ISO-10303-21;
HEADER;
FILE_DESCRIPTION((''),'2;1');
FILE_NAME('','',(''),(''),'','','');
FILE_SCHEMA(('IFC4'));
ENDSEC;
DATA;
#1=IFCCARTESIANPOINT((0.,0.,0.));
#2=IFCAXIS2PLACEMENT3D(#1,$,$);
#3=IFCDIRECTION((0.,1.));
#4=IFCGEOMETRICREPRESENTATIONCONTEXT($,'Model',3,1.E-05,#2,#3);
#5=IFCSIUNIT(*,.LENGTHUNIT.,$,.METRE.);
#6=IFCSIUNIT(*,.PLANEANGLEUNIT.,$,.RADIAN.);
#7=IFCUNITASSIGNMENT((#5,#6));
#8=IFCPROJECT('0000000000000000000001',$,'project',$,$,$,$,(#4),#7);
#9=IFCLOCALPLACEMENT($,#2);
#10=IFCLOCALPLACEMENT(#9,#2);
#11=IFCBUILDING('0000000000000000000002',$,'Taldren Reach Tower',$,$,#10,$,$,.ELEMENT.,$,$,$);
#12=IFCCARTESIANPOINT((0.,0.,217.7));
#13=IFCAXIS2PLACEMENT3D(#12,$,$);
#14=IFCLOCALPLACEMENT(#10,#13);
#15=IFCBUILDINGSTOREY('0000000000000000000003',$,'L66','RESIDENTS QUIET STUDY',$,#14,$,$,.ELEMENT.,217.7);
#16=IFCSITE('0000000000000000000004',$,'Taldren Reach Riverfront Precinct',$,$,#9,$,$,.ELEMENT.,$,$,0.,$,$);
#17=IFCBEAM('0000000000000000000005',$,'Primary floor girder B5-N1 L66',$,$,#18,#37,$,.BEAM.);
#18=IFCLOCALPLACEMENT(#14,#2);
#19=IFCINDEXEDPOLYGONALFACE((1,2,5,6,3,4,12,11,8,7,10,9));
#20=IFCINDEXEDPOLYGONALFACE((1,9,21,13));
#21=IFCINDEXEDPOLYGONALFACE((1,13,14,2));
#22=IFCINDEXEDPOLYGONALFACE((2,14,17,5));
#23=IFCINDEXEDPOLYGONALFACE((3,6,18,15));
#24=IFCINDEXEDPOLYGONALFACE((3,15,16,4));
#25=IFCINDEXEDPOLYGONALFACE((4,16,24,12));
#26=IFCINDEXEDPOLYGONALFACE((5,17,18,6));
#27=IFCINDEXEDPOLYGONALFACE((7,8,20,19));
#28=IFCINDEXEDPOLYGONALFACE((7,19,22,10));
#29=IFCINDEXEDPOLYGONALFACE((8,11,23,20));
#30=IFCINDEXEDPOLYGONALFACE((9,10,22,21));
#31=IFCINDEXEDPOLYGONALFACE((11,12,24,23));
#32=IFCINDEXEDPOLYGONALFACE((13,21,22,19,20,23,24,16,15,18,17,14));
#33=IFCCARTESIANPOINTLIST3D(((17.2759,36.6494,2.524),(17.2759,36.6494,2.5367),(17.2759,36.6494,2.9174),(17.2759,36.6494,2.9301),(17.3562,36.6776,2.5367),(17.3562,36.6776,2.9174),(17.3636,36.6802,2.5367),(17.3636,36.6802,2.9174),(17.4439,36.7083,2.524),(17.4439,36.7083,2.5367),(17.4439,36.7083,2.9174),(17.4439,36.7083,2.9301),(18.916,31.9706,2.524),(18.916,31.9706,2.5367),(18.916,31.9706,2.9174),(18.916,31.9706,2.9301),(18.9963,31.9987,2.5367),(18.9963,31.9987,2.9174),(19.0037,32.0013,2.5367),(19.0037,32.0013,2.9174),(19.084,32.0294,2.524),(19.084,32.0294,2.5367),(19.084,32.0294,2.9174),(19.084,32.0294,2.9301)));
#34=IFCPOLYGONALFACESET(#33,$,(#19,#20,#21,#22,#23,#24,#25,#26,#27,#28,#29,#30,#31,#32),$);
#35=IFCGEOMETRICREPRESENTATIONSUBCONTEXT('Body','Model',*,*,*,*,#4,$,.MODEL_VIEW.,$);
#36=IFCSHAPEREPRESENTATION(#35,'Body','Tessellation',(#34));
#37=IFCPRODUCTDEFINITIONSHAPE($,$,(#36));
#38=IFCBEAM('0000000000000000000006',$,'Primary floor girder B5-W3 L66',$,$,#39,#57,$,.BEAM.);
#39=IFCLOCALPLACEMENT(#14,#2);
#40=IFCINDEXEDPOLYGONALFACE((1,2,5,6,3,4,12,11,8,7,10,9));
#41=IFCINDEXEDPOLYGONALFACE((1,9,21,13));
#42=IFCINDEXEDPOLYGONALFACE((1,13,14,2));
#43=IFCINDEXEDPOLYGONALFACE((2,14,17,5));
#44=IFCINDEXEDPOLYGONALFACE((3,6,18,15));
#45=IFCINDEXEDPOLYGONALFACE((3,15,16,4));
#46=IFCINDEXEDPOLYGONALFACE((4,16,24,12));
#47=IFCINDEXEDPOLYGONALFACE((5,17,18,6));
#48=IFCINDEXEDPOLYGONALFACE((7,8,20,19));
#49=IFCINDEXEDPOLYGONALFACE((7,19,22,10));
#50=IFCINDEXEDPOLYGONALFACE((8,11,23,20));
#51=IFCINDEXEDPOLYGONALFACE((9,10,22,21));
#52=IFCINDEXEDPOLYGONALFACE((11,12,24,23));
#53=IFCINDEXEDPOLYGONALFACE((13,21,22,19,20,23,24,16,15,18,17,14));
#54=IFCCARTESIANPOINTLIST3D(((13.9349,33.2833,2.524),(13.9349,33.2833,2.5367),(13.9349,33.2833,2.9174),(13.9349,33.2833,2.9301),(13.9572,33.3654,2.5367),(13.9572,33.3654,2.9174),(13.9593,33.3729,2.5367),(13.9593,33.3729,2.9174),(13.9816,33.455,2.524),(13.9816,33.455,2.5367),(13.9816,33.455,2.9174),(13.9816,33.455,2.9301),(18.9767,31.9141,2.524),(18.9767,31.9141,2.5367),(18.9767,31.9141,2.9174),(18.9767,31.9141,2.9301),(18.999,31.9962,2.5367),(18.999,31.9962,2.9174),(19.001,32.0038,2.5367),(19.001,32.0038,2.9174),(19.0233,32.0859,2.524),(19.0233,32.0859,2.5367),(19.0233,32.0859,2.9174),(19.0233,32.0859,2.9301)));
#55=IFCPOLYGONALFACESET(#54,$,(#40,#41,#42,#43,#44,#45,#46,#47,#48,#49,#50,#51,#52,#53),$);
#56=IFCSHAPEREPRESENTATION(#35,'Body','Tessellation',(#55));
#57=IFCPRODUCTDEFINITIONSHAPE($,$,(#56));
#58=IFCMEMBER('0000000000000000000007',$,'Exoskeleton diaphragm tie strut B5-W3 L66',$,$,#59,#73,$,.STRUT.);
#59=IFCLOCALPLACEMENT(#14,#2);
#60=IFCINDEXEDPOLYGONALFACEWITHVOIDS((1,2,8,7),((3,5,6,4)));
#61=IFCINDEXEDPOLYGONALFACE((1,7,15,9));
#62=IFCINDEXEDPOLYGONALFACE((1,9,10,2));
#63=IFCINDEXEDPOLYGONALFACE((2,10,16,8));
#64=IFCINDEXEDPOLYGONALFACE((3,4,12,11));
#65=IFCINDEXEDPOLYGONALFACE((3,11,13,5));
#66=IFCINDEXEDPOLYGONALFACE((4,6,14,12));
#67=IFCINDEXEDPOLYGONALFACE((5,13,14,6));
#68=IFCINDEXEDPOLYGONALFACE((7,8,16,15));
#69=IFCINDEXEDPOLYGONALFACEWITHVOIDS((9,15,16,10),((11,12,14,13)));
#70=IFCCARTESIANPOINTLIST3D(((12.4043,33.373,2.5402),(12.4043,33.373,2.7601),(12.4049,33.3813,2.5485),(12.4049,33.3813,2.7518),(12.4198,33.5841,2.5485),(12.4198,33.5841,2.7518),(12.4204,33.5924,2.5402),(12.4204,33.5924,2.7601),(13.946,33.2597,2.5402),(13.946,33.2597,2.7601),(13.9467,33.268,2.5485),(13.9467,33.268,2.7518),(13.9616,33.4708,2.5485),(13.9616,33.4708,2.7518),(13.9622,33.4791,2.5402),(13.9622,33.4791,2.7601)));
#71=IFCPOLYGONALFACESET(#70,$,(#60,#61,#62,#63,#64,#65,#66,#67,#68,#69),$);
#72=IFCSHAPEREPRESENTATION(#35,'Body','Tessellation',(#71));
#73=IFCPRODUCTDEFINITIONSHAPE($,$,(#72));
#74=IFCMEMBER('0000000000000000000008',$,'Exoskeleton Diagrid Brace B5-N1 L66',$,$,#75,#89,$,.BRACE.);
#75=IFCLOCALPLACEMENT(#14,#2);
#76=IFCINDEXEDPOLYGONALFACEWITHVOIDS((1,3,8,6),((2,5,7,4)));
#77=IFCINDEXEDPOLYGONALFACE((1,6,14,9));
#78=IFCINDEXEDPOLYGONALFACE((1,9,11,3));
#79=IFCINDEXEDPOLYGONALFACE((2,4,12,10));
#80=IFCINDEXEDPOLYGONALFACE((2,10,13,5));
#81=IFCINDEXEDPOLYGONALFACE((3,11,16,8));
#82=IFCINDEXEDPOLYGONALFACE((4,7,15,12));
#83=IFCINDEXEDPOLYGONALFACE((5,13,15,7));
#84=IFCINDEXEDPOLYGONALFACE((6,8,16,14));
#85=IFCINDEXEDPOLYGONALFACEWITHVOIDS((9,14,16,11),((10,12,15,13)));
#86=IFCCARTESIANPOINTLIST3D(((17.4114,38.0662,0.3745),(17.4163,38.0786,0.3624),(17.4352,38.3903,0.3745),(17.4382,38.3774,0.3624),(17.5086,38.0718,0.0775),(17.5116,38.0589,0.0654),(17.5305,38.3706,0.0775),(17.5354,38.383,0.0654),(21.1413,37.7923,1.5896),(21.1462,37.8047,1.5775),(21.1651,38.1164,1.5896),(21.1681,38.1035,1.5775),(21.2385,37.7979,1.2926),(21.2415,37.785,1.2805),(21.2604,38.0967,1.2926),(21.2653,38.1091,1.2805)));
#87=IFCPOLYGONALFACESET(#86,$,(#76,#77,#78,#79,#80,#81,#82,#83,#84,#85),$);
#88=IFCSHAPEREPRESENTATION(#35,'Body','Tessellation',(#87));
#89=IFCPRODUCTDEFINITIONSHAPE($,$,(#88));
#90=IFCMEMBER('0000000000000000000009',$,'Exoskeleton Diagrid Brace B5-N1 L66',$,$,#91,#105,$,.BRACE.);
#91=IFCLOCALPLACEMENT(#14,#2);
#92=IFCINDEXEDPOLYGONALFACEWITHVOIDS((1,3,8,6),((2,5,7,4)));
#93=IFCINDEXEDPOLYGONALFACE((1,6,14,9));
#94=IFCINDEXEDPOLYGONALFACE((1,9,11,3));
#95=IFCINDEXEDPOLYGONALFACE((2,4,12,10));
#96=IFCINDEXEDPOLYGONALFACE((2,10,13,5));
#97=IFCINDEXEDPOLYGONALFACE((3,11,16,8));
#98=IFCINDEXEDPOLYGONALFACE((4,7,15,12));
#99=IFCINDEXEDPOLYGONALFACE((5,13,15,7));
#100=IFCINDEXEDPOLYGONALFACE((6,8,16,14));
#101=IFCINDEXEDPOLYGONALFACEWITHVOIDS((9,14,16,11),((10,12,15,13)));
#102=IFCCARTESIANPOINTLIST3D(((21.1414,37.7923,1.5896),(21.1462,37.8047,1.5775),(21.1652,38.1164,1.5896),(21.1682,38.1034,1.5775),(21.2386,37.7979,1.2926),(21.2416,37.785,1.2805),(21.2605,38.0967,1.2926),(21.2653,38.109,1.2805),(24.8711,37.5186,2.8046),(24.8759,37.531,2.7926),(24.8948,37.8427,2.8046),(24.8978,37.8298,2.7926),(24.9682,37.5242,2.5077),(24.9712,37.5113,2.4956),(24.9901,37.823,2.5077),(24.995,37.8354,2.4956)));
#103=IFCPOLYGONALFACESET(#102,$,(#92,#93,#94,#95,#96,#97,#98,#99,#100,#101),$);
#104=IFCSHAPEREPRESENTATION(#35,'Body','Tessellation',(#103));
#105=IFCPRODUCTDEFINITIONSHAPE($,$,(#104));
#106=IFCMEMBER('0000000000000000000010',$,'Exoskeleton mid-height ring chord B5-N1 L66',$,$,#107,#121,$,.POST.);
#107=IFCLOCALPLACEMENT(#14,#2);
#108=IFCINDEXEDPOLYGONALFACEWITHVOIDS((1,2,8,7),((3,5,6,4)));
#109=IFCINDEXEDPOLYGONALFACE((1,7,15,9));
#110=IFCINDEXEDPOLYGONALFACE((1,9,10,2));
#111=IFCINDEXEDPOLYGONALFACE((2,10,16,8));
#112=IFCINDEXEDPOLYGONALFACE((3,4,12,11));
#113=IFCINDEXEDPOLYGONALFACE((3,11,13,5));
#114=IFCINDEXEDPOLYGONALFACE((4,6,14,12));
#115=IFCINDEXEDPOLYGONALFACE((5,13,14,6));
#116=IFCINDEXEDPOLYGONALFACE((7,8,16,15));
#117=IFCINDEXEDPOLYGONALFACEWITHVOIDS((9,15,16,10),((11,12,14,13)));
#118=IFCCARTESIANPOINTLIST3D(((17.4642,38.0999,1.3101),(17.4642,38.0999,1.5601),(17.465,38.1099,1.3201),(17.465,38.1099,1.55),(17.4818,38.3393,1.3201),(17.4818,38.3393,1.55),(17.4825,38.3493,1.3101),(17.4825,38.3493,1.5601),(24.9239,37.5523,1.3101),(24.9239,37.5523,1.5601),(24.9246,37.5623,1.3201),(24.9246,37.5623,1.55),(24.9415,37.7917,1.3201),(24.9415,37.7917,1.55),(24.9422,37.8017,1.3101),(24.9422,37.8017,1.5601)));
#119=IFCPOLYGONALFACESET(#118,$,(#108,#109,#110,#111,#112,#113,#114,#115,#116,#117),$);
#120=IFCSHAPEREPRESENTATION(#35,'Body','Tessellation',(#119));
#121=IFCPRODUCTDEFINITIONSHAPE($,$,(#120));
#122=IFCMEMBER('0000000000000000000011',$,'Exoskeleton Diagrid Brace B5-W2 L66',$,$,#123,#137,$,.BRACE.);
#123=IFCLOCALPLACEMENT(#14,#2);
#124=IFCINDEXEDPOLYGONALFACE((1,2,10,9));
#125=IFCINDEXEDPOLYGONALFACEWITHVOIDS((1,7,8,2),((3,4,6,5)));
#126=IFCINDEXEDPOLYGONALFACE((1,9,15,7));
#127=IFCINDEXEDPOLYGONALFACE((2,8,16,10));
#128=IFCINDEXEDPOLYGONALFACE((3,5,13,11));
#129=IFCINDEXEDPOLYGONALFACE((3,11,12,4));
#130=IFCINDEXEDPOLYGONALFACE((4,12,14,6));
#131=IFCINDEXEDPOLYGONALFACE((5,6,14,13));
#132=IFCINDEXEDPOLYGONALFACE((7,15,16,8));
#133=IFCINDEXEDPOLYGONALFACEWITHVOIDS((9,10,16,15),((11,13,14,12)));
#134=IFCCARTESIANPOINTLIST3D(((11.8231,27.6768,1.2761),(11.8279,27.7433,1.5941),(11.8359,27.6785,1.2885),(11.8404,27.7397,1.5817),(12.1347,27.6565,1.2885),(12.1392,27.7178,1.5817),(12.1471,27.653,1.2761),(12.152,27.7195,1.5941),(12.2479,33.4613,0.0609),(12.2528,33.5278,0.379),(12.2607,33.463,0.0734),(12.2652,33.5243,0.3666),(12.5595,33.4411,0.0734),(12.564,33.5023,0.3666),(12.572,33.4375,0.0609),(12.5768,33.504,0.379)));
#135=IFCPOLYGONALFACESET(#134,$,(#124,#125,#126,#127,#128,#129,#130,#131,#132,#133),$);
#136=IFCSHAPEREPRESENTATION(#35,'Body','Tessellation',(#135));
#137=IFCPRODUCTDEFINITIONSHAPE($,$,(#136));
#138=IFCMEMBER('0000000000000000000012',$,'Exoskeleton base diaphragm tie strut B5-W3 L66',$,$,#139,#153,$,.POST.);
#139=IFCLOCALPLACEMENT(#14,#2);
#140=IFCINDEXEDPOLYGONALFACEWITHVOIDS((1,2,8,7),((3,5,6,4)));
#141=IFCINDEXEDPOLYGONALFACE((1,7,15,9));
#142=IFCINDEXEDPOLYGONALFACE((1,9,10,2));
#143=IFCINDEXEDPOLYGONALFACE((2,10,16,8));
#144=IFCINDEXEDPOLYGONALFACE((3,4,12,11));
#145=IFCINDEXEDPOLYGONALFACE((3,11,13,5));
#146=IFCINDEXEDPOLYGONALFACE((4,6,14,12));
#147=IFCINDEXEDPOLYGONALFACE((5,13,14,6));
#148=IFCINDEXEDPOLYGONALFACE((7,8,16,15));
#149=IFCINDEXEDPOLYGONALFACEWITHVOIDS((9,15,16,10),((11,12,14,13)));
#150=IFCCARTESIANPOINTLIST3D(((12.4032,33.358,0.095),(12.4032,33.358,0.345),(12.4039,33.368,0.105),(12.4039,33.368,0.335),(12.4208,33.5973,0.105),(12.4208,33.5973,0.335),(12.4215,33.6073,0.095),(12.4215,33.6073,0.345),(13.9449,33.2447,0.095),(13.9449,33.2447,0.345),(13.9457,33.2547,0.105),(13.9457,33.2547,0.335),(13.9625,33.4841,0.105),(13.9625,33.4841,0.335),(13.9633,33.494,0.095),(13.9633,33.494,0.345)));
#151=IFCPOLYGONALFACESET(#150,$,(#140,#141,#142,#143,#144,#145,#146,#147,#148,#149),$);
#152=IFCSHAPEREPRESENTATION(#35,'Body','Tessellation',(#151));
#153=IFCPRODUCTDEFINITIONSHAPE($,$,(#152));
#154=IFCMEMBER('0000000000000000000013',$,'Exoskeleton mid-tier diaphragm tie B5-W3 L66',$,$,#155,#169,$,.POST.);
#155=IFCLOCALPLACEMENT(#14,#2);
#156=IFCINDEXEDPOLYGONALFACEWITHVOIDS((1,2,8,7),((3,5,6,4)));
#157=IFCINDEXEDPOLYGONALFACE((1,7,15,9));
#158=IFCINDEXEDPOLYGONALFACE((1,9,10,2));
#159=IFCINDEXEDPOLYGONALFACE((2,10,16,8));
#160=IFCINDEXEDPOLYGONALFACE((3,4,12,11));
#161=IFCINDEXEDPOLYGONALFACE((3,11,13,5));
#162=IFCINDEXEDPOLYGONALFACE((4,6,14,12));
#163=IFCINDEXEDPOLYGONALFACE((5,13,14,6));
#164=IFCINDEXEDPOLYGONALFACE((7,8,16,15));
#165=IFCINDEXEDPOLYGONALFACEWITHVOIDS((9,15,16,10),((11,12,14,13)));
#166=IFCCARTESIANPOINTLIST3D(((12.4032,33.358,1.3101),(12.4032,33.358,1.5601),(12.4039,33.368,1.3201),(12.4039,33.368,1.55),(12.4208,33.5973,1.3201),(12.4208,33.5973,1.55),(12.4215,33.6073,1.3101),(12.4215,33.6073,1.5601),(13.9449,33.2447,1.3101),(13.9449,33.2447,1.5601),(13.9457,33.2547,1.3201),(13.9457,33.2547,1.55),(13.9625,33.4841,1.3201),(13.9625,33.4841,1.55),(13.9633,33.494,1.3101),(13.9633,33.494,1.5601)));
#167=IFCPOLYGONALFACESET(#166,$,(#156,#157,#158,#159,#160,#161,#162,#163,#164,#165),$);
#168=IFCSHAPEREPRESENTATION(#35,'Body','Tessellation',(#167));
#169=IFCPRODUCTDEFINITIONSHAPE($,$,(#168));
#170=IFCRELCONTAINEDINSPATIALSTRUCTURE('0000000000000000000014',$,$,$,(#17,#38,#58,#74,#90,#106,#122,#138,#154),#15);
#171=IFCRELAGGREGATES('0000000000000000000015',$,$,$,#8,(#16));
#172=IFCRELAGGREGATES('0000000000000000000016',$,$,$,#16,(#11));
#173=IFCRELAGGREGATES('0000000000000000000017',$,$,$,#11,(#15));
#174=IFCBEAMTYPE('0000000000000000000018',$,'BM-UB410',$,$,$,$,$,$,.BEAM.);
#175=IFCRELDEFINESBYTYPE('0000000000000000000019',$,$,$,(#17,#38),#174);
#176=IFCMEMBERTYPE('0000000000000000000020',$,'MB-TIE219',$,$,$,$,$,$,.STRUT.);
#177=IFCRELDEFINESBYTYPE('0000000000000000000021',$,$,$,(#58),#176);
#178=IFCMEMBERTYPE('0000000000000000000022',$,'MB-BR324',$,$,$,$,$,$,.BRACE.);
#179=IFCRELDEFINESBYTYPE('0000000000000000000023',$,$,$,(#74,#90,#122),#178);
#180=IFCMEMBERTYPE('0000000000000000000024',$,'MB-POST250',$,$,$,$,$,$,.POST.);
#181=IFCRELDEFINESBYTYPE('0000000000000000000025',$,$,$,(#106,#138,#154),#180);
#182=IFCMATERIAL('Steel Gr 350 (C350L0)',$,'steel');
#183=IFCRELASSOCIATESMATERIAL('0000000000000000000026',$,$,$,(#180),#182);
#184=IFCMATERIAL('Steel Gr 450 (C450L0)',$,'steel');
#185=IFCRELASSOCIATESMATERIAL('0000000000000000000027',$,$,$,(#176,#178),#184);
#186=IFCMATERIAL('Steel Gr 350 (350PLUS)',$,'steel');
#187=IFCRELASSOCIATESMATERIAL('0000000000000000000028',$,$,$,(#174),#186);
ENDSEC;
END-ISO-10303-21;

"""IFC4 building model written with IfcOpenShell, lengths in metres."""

from ifc_helpers import new_model, si_unit, direction, frame, origin, origin_2d, place, context, subcontext, project, spatial, hollow_rectangle, i_section, extrude, source, transform, mapped, material, material_profile, profile_set, type_object, element, save


model = new_model("IFC4")

# Units and contexts
model_context = context("Model", 3, precision=1e-05, world=origin(), true_north=direction((0.0, 1.0)))
body_context = subcontext(model_context, "Body", "Model", "MODEL_VIEW")
ifc_project = project(units=[si_unit("LENGTHUNIT", "METRE"), si_unit("PLANEANGLEUNIT", "RADIAN")], contexts=[model_context])

# Site, building, storey
site_placement = place(None, origin())
site = spatial("IfcSite", under=ifc_project, at=site_placement, Name="Taldren Reach Riverfront Precinct", CompositionType="ELEMENT", RefElevation=0.0)
building_placement = place(site_placement, origin())
building = spatial("IfcBuilding", under=site, at=building_placement, Name="Taldren Reach Tower", CompositionType="ELEMENT")
storey_placement = place(building_placement, frame((0.0, 0.0, 217.7)))
storey = spatial("IfcBuildingStorey", under=building, at=storey_placement, Name="L66", Description="RESIDENTS QUIET STUDY", CompositionType="ELEMENT", Elevation=217.7)

# Shared definitions
ifc_material_1 = material(Name="Steel Gr 350 (C350L0)", Category="steel")
ifc_material_2 = material(Name="Steel Gr 350 (350PLUS)", Category="steel")

# Shared definitions
ifc_material_profile_1 = material_profile(ifc_material_1, hollow_rectangle(XDim=0.25, YDim=0.25, WallThickness=0.01, at=origin_2d()), Name="250x250x10.0SHS")
ifc_profile_set_1 = profile_set([ifc_material_profile_1], Name="Steel Gr 350 (C350L0)")
member_type_1 = type_object("IfcMemberType", Name="MB-POST250", PredefinedType="POST", material=ifc_profile_set_1)
ifc_material_3 = material(Name="Steel Gr 450 (C450L0)", Category="steel")
ifc_material_profile_2 = material_profile(ifc_material_3, hollow_rectangle(XDim=0.22, YDim=0.22, WallThickness=0.0083, at=origin_2d()), Name="220x220x8.2SHS")
ifc_profile_set_2 = profile_set([ifc_material_profile_2], Name="Steel Gr 450 (C450L0)")
member_type_2 = type_object("IfcMemberType", Name="MB-TIE219", PredefinedType="STRUT", material=ifc_profile_set_2)

# Beams
ifc_material_profile_3 = material_profile(ifc_material_2, i_section(OverallWidth=0.178, OverallDepth=0.406, WebThickness=0.0078, FlangeThickness=0.0127, at=origin_2d()), Name="410UB59.7")
ifc_profile_set_3 = profile_set([ifc_material_profile_3], Name="Steel Gr 350 (350PLUS)")
beam_type_1 = type_object("IfcBeamType", Name="BM-UB410", PredefinedType="BEAM", material=ifc_profile_set_3)
shared_shape_1 = source(origin(), body_context, "Body", "SweptSolid", [
    extrude(i_section(OverallWidth=0.178, OverallDepth=0.406, WebThickness=0.0078, FlangeThickness=0.0127, at=origin_2d()), origin(), (0.0, 0.0, 1.0), 4.958),
])
beam_1_placement = place(storey_placement, frame((19.0, 32.0, 2.7271), z_axis=(-0.3308, 0.943701, 0.0), x_axis=(-0.943701, -0.3308, 0.0)))
element("IfcBeam", 1, at=beam_1_placement, inside=storey, type_object=beam_type_1, Name="Primary floor girder B5-N1 L66", PredefinedType="BEAM", context=body_context, shape_type="MappedRepresentation", body=[
    mapped(shared_shape_1, transform((0.0, 0.0, 0.0), scale=1.0)),
])
shared_shape_2 = source(origin(), body_context, "Body", "SweptSolid", [
    extrude(i_section(OverallWidth=0.178, OverallDepth=0.406, WebThickness=0.0078, FlangeThickness=0.0127, at=origin_2d()), origin(), (0.0, 0.0, 1.0), 5.2244),
])
beam_2_placement = place(storey_placement, frame((19.0, 32.0, 2.7271), z_axis=(-0.965049, 0.262069, 0.0), x_axis=(-0.262069, -0.965049, 0.0)))
element("IfcBeam", 2, at=beam_2_placement, inside=storey, type_object=beam_type_1, Name="Primary floor girder B5-W3 L66", PredefinedType="BEAM", context=body_context, shape_type="MappedRepresentation", body=[
    mapped(shared_shape_2, transform((0.0, 0.0, 0.0), scale=1.0)),
])

# Members
shared_shape_3 = source(origin(), body_context, "Body", "SweptSolid", [
    extrude(hollow_rectangle(XDim=0.22, YDim=0.22, WallThickness=0.0083, at=origin_2d()), origin(), (0.0, 0.0, 1.0), 1.5459),
])
member_1_placement = place(storey_placement, frame((13.9541, 33.3694, 2.6501), z_axis=(-0.997312, 0.073278, 0.0), x_axis=(-0.073278, -0.997312, 0.0)))
element("IfcMember", 3, at=member_1_placement, inside=storey, type_object=member_type_2, Name="Exoskeleton diaphragm tie strut B5-W3 L66", PredefinedType="STRUT", context=body_context, shape_type="MappedRepresentation", body=[
    mapped(shared_shape_3, transform((0.0, 0.0, 0.0), scale=1.0)),
])
ifc_material_profile_4 = material_profile(ifc_material_3, hollow_rectangle(XDim=0.325, YDim=0.325, WallThickness=0.0127, at=origin_2d()), Name="325x325x12.7SHS")
ifc_profile_set_4 = profile_set([ifc_material_profile_4], Name="Steel Gr 450 (C450L0)")
member_type_3 = type_object("IfcMemberType", Name="MB-BR324", PredefinedType="BRACE", material=ifc_profile_set_4)
shared_shape_4 = source(origin(), body_context, "Body", "SweptSolid", [
    extrude(hollow_rectangle(XDim=0.325, YDim=0.325, WallThickness=0.0127, at=origin_2d()), origin(), (0.0, 0.0, 1.0), 3.9324),
])
member_2_placement = place(storey_placement, frame((17.4734, 38.2246, 0.22), z_axis=(0.948511, -0.069658, 0.308989), x_axis=(0.073242, 0.997314, 0.0)))
element("IfcMember", 4, at=member_2_placement, inside=storey, type_object=member_type_3, Name="Exoskeleton Diagrid Brace B5-N1 L66", PredefinedType="BRACE", context=body_context, shape_type="MappedRepresentation", body=[
    mapped(shared_shape_4, transform((0.0, 0.0, 0.0), scale=1.0)),
])
shared_shape_5 = source(origin(), body_context, "Body", "SweptSolid", [
    extrude(hollow_rectangle(XDim=0.325, YDim=0.325, WallThickness=0.0127, at=origin_2d()), origin(), (0.0, 0.0, 1.0), 3.9321),
])
member_3_placement = place(storey_placement, frame((21.2034, 37.9507, 1.4351), z_axis=(0.948509, -0.0696, 0.309009), x_axis=(0.073182, 0.997319, 0.0)))
element("IfcMember", 5, at=member_3_placement, inside=storey, type_object=member_type_3, Name="Exoskeleton Diagrid Brace B5-N1 L66", PredefinedType="BRACE", context=body_context, shape_type="MappedRepresentation", body=[
    mapped(shared_shape_5, transform((0.0, 0.0, 0.0), scale=1.0)),
])
shared_shape_6 = source(origin(), body_context, "Body", "SweptSolid", [
    extrude(hollow_rectangle(XDim=0.25, YDim=0.25, WallThickness=0.01, at=origin_2d()), origin(), (0.0, 0.0, 1.0), 7.4797),
])
member_4_placement = place(storey_placement, frame((17.4734, 38.2246, 1.4351), z_axis=(0.997316, -0.073212, 0.0), x_axis=(0.073212, 0.997316, 0.0)))
element("IfcMember", 6, at=member_4_placement, inside=storey, type_object=member_type_1, Name="Exoskeleton mid-height ring chord B5-N1 L66", PredefinedType="POST", context=body_context, shape_type="MappedRepresentation", body=[
    mapped(shared_shape_6, transform((0.0, 0.0, 0.0), scale=1.0)),
])
shared_shape_7 = source(origin(), body_context, "Body", "SweptSolid", [
    extrude(hollow_rectangle(XDim=0.325, YDim=0.325, WallThickness=0.0127, at=origin_2d()), origin(), (0.0, 0.0, 1.0), 5.926),
])
member_5_placement = place(storey_placement, frame((12.4124, 33.4827, 0.22), z_axis=(-0.071686, -0.976123, 0.205046), x_axis=(0.997314, -0.073242, 0.0)))
element("IfcMember", 7, at=member_5_placement, inside=storey, type_object=member_type_3, Name="Exoskeleton Diagrid Brace B5-W2 L66", PredefinedType="BRACE", context=body_context, shape_type="MappedRepresentation", body=[
    mapped(shared_shape_7, transform((0.0, 0.0, 0.0), scale=1.0)),
])
shared_shape_8 = source(origin(), body_context, "Body", "SweptSolid", [
    extrude(hollow_rectangle(XDim=0.25, YDim=0.25, WallThickness=0.01, at=origin_2d()), origin(), (0.0, 0.0, 1.0), 1.5459),
])
for number, where, z_axis, x_axis, name in (
    (8, (13.9541, 33.3694, 0.22), (-0.997312, 0.073278, 0.0), (-0.073278, -0.997312, 0.0), "Exoskeleton base diaphragm tie strut B5-W3 L66"),
    (9, (13.9541, 33.3694, 1.4351), (-0.997312, 0.073278, 0.0), (-0.073278, -0.997312, 0.0), "Exoskeleton mid-tier diaphragm tie B5-W3 L66"),
):
    element("IfcMember", number, at=place(storey_placement, frame(where, z_axis=z_axis, x_axis=x_axis)), inside=storey, type_object=member_type_1, Name=name, PredefinedType="POST", context=body_context, shape_type="MappedRepresentation", body=[
        mapped(shared_shape_8, transform((0.0, 0.0, 0.0), scale=1.0)),
    ])

save(model, "model.ifc")
